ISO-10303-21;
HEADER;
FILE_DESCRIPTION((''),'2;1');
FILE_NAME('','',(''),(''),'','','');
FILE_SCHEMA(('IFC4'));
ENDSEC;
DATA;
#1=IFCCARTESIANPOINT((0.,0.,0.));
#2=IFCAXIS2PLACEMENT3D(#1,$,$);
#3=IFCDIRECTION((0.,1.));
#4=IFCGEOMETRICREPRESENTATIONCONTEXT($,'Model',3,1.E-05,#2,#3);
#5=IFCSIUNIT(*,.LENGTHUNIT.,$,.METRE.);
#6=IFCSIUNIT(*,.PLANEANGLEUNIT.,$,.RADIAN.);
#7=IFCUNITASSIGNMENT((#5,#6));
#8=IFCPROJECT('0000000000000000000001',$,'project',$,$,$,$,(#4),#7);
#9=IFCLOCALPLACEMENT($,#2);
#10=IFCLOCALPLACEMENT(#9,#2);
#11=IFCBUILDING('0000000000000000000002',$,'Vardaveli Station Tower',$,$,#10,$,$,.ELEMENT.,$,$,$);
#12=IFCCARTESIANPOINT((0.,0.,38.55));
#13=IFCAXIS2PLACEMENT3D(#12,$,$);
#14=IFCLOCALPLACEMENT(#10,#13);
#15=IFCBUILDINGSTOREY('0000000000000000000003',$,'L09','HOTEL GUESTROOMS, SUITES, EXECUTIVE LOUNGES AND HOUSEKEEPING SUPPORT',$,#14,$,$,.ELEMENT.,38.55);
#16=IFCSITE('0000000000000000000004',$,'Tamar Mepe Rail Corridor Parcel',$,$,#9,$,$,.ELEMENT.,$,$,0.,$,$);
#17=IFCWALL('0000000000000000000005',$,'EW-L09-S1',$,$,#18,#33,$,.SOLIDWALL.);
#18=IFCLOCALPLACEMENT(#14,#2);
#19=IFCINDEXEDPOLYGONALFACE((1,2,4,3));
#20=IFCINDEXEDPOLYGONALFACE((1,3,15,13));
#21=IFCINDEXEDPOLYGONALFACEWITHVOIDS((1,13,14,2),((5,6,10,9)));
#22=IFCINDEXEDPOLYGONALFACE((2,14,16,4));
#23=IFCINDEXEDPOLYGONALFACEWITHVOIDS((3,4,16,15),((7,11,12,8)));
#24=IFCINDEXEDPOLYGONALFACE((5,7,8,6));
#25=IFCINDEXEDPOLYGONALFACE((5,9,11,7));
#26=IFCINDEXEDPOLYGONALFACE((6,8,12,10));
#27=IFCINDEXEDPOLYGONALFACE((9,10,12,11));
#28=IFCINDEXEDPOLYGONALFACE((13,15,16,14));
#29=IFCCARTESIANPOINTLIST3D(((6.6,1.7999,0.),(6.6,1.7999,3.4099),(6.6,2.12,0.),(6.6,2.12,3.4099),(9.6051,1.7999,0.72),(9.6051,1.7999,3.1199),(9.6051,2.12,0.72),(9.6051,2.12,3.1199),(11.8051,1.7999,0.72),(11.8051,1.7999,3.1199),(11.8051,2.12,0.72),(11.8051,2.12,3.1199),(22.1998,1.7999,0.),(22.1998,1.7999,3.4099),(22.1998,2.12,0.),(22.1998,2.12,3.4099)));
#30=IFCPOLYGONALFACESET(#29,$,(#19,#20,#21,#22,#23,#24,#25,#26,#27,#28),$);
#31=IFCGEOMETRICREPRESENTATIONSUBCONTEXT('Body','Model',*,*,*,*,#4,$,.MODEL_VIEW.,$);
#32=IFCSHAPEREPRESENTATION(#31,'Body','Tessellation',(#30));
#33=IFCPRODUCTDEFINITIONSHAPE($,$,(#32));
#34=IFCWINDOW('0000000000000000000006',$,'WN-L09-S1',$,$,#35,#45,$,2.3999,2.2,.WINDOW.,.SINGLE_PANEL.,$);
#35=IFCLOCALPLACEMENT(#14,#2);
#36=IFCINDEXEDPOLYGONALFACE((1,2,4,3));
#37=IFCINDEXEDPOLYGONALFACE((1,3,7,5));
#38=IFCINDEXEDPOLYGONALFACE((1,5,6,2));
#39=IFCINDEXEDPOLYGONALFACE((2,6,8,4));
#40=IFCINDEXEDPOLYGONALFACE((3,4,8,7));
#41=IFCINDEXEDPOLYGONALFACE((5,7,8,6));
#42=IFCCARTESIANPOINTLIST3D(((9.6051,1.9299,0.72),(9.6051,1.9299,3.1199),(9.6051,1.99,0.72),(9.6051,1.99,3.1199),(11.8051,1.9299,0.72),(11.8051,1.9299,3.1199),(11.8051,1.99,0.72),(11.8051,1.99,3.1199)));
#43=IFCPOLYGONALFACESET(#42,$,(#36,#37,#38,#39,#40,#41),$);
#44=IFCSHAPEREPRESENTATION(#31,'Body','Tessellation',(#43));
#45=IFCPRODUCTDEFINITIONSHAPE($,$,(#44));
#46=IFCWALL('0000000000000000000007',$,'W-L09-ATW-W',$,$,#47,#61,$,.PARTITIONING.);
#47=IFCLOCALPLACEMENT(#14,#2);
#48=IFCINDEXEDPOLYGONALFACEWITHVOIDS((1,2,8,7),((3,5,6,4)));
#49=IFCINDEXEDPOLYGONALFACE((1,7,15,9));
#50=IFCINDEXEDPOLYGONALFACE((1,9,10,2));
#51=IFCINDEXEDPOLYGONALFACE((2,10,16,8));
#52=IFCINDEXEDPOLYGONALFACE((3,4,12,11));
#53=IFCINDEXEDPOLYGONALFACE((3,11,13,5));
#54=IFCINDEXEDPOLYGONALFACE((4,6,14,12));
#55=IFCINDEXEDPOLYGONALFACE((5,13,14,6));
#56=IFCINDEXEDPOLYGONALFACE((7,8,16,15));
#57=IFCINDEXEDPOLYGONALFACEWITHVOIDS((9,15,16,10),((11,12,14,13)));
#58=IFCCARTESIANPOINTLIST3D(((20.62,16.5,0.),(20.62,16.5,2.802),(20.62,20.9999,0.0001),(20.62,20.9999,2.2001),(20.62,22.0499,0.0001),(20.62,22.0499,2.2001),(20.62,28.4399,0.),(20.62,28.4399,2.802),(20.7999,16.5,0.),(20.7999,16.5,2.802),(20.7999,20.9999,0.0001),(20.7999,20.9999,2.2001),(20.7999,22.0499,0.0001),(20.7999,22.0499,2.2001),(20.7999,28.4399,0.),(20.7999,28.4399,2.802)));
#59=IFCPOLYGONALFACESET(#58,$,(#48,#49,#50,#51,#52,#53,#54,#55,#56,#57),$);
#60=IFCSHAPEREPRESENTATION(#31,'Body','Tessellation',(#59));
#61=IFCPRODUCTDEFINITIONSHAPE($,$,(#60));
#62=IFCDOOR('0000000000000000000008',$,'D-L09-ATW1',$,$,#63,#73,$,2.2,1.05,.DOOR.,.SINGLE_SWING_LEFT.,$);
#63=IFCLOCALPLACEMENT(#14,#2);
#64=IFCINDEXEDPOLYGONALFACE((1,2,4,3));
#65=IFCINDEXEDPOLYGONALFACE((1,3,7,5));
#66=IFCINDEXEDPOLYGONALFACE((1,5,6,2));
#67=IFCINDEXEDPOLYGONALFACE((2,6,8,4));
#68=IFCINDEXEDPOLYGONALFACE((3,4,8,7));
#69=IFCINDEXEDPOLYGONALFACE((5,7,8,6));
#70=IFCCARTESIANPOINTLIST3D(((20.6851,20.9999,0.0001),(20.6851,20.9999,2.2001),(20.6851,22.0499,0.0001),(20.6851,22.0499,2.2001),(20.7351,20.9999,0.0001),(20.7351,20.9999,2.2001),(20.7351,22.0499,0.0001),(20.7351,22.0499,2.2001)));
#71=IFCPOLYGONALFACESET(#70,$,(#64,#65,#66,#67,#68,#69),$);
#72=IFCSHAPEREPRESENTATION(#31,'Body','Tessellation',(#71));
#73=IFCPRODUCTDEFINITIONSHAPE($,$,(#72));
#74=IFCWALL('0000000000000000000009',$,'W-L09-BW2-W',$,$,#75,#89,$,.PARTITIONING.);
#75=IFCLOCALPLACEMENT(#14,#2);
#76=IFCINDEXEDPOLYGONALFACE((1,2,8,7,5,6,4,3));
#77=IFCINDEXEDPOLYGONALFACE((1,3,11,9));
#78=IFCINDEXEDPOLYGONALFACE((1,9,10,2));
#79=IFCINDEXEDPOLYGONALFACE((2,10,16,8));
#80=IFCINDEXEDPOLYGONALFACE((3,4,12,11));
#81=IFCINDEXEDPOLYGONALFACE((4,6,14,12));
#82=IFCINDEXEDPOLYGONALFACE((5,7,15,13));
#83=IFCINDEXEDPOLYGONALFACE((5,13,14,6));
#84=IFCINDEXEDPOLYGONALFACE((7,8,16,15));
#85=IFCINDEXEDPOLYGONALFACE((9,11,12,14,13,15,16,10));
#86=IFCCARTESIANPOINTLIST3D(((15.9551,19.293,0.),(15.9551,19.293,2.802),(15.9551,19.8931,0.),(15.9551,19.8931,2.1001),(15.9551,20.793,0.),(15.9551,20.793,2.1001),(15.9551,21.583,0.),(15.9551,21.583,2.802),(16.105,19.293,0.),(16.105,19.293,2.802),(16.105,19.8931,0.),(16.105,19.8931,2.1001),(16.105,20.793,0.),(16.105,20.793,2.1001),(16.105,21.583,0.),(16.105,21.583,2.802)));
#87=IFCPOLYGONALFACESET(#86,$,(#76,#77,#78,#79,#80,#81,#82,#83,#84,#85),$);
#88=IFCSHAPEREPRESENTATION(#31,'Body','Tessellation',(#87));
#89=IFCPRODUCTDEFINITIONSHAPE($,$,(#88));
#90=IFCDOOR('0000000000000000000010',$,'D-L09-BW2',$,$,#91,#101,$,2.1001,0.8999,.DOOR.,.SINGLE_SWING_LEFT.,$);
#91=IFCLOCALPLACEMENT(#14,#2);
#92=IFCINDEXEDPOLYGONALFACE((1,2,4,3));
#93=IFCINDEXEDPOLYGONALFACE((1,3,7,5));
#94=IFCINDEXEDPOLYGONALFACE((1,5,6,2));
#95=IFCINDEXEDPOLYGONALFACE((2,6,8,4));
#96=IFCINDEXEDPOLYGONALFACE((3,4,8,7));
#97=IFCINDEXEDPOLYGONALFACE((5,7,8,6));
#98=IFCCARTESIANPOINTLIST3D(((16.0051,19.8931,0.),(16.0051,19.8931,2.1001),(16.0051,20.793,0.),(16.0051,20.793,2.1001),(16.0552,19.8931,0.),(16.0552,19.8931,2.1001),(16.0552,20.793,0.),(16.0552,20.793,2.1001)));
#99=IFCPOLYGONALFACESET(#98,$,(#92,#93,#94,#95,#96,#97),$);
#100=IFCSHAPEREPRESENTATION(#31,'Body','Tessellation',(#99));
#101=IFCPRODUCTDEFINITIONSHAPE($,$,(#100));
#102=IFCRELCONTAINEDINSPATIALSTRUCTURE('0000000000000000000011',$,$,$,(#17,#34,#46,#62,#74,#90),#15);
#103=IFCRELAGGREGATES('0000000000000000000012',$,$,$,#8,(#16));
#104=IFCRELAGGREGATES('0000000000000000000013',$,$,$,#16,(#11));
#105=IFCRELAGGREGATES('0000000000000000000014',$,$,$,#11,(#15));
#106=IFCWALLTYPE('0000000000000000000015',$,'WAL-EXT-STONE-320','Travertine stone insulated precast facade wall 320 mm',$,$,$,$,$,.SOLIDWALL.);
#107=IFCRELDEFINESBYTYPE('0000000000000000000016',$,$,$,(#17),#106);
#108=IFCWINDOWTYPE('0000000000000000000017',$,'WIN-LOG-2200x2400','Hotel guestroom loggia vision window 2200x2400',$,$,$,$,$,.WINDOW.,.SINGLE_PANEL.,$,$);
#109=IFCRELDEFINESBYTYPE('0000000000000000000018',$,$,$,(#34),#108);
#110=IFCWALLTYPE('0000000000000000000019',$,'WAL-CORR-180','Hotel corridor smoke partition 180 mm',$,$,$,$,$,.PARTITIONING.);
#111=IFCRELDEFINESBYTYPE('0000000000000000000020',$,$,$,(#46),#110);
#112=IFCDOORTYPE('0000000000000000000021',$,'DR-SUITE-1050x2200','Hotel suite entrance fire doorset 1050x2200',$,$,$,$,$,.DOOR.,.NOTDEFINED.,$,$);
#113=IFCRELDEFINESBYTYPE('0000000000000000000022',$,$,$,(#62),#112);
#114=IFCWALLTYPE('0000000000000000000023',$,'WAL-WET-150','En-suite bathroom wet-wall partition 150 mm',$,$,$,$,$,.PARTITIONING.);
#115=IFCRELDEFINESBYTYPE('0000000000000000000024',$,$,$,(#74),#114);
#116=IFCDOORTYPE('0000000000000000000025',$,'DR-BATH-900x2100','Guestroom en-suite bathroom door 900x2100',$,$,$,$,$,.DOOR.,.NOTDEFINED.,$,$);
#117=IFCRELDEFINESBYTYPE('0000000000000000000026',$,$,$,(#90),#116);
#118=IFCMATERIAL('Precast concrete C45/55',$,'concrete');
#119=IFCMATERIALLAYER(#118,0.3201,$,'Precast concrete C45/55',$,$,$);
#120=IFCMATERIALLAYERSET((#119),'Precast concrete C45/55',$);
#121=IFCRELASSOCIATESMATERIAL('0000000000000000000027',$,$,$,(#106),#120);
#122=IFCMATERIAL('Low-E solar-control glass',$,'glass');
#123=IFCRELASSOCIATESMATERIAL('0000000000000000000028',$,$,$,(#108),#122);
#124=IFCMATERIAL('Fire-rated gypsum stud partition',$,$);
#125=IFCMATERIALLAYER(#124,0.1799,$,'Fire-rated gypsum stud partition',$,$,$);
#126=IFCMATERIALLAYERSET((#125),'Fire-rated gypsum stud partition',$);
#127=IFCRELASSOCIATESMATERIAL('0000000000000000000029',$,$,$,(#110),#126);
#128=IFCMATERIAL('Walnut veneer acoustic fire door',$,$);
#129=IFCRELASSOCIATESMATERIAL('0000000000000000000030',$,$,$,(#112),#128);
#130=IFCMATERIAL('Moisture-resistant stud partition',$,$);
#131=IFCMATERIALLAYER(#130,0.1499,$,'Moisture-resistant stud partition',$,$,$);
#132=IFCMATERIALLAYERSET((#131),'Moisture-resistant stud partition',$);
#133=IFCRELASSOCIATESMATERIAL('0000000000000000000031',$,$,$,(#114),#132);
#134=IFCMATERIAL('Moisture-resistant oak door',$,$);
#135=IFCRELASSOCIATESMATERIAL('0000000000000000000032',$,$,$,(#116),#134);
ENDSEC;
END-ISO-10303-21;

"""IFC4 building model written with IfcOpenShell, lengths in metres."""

from ifc_helpers import new_model, si_unit, direction, frame, frame_2d, origin, place, context, subcontext, project, spatial, rectangle, extrude, source, transform, mapped, material, layer, layer_set, type_object, element, fill, save


model = new_model("IFC4")

# Units and contexts
model_context = context("Model", 3, precision=1e-05, world=origin(), true_north=direction((0.0, 1.0)))
body_context = subcontext(model_context, "Body", "Model", "MODEL_VIEW")
ifc_project = project(units=[si_unit("LENGTHUNIT", "METRE"), si_unit("PLANEANGLEUNIT", "RADIAN")], contexts=[model_context])

# Site, building, storey
site_placement = place(None, origin())
site = spatial("IfcSite", under=ifc_project, at=site_placement, Name="Tamar Mepe Rail Corridor Parcel", CompositionType="ELEMENT", RefElevation=0.0)
building_placement = place(site_placement, origin())
building = spatial("IfcBuilding", under=site, at=building_placement, Name="Vardaveli Station Tower", CompositionType="ELEMENT")
storey_placement = place(building_placement, frame((0.0, 0.0, 38.55)))
storey = spatial("IfcBuildingStorey", under=building, at=storey_placement, Name="L09", Description="HOTEL GUESTROOMS, SUITES, EXECUTIVE LOUNGES AND HOUSEKEEPING SUPPORT", CompositionType="ELEMENT", Elevation=38.55)

# Shared definitions
ifc_material_1 = material(Name="Precast concrete C45/55", Category="concrete")

# Wall, opening, window
ifc_layer_1 = layer(ifc_material_1, 0.3201, Name="Precast concrete C45/55")
ifc_layer_set_1 = layer_set([ifc_layer_1], Name="Precast concrete C45/55")
wall_type_1 = type_object("IfcWallType", Name="WAL-EXT-STONE-320", Description="Travertine stone insulated precast facade wall 320 mm", PredefinedType="SOLIDWALL", material=ifc_layer_set_1)
shared_shape_1 = source(origin(), body_context, "Body", "SweptSolid", [
    extrude(rectangle(XDim=15.5999, YDim=0.3201, at=frame_2d((7.7998, 0.0))), origin(), (0.0, 0.0, 1.0), 3.4099),
])
wall_1_placement = place(storey_placement, frame((6.6001, 1.96, 0.0), z_axis=(0.0, 0.0, 1.0), x_axis=(1.0, 0.0, 0.0)))
wall_1 = element("IfcWall", 1, at=wall_1_placement, inside=storey, type_object=wall_type_1, Name="EW-L09-S1", PredefinedType="SOLIDWALL", context=body_context, shape_type="MappedRepresentation", body=[
    mapped(shared_shape_1, transform((0.0, 0.0, 0.0), scale=1.0)),
])
shared_shape_2 = source(origin(), body_context, "Body", "SweptSolid", [
    extrude(rectangle(XDim=2.2, YDim=2.3999, at=frame_2d((1.1001, 1.2))), frame((0.0, 0.1699, 0.0), z_axis=(0.0, -1.0, 0.0), x_axis=(1.0, 0.0, 0.0)), (0.0, 0.0, 1.0), 0.3401),
])
opening_1_placement = place(wall_1_placement, frame((3.0049, 0.0, 0.72)))
opening_1 = element("IfcOpeningElement", 2, at=opening_1_placement, cuts=wall_1, PredefinedType="OPENING", context=body_context, shape_type="MappedRepresentation", body=[
    mapped(shared_shape_2, transform((0.0, 0.0, 0.0), scale=1.0)),
])
ifc_material_2 = material(Name="Low-E solar-control glass", Category="glass")
window_type = type_object("IfcWindowType", Name="WIN-LOG-2200x2400", Description="Hotel guestroom loggia vision window 2200x2400", PartitioningType="SINGLE_PANEL", PredefinedType="WINDOW", material=ifc_material_2)
shared_shape_3 = source(origin(), body_context, "Body", "SweptSolid", [
    extrude(rectangle(XDim=2.2, YDim=2.3999, at=frame_2d((1.1001, 1.2))), frame((0.0, 0.03, 0.0), z_axis=(0.0, -1.0, 0.0), x_axis=(1.0, 0.0, 0.0)), (0.0, 0.0, 1.0), 0.0601),
])
window_placement = place(opening_1_placement, origin())
window = element("IfcWindow", 3, at=window_placement, inside=storey, type_object=window_type, Name="WN-L09-S1", OverallHeight=2.3999, OverallWidth=2.2, PartitioningType="SINGLE_PANEL", PredefinedType="WINDOW", context=body_context, shape_type="MappedRepresentation", body=[
    mapped(shared_shape_3, transform((0.0, 0.0, 0.0), scale=1.0)),
])
fill(opening_1, window)

# Walls, openings, doors
ifc_material_3 = material(Name="Fire-rated gypsum stud partition")
ifc_layer_2 = layer(ifc_material_3, 0.1799, Name="Fire-rated gypsum stud partition")
ifc_layer_set_2 = layer_set([ifc_layer_2], Name="Fire-rated gypsum stud partition")
wall_type_2 = type_object("IfcWallType", Name="WAL-CORR-180", Description="Hotel corridor smoke partition 180 mm", PredefinedType="PARTITIONING", material=ifc_layer_set_2)
shared_shape_4 = source(origin(), body_context, "Body", "SweptSolid", [
    extrude(rectangle(XDim=11.9399, YDim=0.1799, at=frame_2d((5.97, 0.0))), origin(), (0.0, 0.0, 1.0), 2.802),
])
wall_2_placement = place(storey_placement, frame((20.71, 16.5, 0.0), z_axis=(0.0, 0.0, 1.0), x_axis=(0.0, 1.0, 0.0)))
wall_2 = element("IfcWall", 4, at=wall_2_placement, inside=storey, type_object=wall_type_2, Name="W-L09-ATW-W", PredefinedType="PARTITIONING", context=body_context, shape_type="MappedRepresentation", body=[
    mapped(shared_shape_4, transform((0.0, 0.0, 0.0), scale=1.0)),
])
shared_shape_5 = source(origin(), body_context, "Body", "SweptSolid", [
    extrude(rectangle(XDim=1.05, YDim=2.2, at=frame_2d((0.5249, 1.1001))), frame((0.0, 0.1001, 0.0), z_axis=(0.0, -1.0, 0.0), x_axis=(1.0, 0.0, 0.0)), (0.0, 0.0, 1.0), 0.2),
])
opening_2_placement = place(wall_2_placement, frame((4.5, 0.0, 0.0)))
opening_2 = element("IfcOpeningElement", 5, at=opening_2_placement, cuts=wall_2, PredefinedType="OPENING", context=body_context, shape_type="MappedRepresentation", body=[
    mapped(shared_shape_5, transform((0.0, 0.0, 0.0), scale=1.0)),
])
ifc_material_4 = material(Name="Walnut veneer acoustic fire door")
door_type_1 = type_object("IfcDoorType", Name="DR-SUITE-1050x2200", Description="Hotel suite entrance fire doorset 1050x2200", OperationType="NOTDEFINED", PredefinedType="DOOR", material=ifc_material_4)
shared_shape_6 = source(origin(), body_context, "Body", "SweptSolid", [
    extrude(rectangle(XDim=1.05, YDim=2.2, at=frame_2d((0.5249, 1.1001))), frame((0.0, 0.0249, 0.0), z_axis=(0.0, -1.0, 0.0), x_axis=(1.0, 0.0, 0.0)), (0.0, 0.0, 1.0), 0.05),
])
door_1_placement = place(opening_2_placement, origin())
door_1 = element("IfcDoor", 6, at=door_1_placement, inside=storey, type_object=door_type_1, Name="D-L09-ATW1", OperationType="SINGLE_SWING_LEFT", OverallHeight=2.2, OverallWidth=1.05, PredefinedType="DOOR", context=body_context, shape_type="MappedRepresentation", body=[
    mapped(shared_shape_6, transform((0.0, 0.0, 0.0), scale=1.0)),
])
fill(opening_2, door_1)
ifc_material_5 = material(Name="Moisture-resistant stud partition")
ifc_layer_3 = layer(ifc_material_5, 0.1499, Name="Moisture-resistant stud partition")
ifc_layer_set_3 = layer_set([ifc_layer_3], Name="Moisture-resistant stud partition")
wall_type_3 = type_object("IfcWallType", Name="WAL-WET-150", Description="En-suite bathroom wet-wall partition 150 mm", PredefinedType="PARTITIONING", material=ifc_layer_set_3)
shared_shape_7 = source(origin(), body_context, "Body", "SweptSolid", [
    extrude(rectangle(XDim=2.29, YDim=0.1499, at=frame_2d((1.145, 0.0))), origin(), (0.0, 0.0, 1.0), 2.802),
])
wall_3_placement = place(storey_placement, frame((16.03, 19.293, 0.0), z_axis=(0.0, 0.0, 1.0), x_axis=(0.0, 1.0, 0.0)))
wall_3 = element("IfcWall", 7, at=wall_3_placement, inside=storey, type_object=wall_type_3, Name="W-L09-BW2-W", PredefinedType="PARTITIONING", context=body_context, shape_type="MappedRepresentation", body=[
    mapped(shared_shape_7, transform((0.0, 0.0, 0.0), scale=1.0)),
])
shared_shape_8 = source(origin(), body_context, "Body", "SweptSolid", [
    extrude(rectangle(XDim=0.8999, YDim=2.1001, at=frame_2d((0.45, 1.05))), frame((0.0, 0.085, 0.0), z_axis=(0.0, -1.0, 0.0), x_axis=(1.0, 0.0, 0.0)), (0.0, 0.0, 1.0), 0.1699),
])
opening_3_placement = place(wall_3_placement, frame((0.6001, 0.0, 0.0)))
opening_3 = element("IfcOpeningElement", 8, at=opening_3_placement, cuts=wall_3, PredefinedType="OPENING", context=body_context, shape_type="MappedRepresentation", body=[
    mapped(shared_shape_8, transform((0.0, 0.0, 0.0), scale=1.0)),
])
ifc_material_6 = material(Name="Moisture-resistant oak door")
door_type_2 = type_object("IfcDoorType", Name="DR-BATH-900x2100", Description="Guestroom en-suite bathroom door 900x2100", OperationType="NOTDEFINED", PredefinedType="DOOR", material=ifc_material_6)
shared_shape_9 = source(origin(), body_context, "Body", "SweptSolid", [
    extrude(rectangle(XDim=0.8999, YDim=2.1001, at=frame_2d((0.45, 1.05))), frame((0.0, 0.0249, 0.0), z_axis=(0.0, -1.0, 0.0), x_axis=(1.0, 0.0, 0.0)), (0.0, 0.0, 1.0), 0.05),
])
door_2_placement = place(opening_3_placement, origin())
door_2 = element("IfcDoor", 9, at=door_2_placement, inside=storey, type_object=door_type_2, Name="D-L09-BW2", OperationType="SINGLE_SWING_LEFT", OverallHeight=2.1001, OverallWidth=0.8999, PredefinedType="DOOR", context=body_context, shape_type="MappedRepresentation", body=[
    mapped(shared_shape_9, transform((0.0, 0.0, 0.0), scale=1.0)),
])
fill(opening_3, door_2)

save(model, "model.ifc")
